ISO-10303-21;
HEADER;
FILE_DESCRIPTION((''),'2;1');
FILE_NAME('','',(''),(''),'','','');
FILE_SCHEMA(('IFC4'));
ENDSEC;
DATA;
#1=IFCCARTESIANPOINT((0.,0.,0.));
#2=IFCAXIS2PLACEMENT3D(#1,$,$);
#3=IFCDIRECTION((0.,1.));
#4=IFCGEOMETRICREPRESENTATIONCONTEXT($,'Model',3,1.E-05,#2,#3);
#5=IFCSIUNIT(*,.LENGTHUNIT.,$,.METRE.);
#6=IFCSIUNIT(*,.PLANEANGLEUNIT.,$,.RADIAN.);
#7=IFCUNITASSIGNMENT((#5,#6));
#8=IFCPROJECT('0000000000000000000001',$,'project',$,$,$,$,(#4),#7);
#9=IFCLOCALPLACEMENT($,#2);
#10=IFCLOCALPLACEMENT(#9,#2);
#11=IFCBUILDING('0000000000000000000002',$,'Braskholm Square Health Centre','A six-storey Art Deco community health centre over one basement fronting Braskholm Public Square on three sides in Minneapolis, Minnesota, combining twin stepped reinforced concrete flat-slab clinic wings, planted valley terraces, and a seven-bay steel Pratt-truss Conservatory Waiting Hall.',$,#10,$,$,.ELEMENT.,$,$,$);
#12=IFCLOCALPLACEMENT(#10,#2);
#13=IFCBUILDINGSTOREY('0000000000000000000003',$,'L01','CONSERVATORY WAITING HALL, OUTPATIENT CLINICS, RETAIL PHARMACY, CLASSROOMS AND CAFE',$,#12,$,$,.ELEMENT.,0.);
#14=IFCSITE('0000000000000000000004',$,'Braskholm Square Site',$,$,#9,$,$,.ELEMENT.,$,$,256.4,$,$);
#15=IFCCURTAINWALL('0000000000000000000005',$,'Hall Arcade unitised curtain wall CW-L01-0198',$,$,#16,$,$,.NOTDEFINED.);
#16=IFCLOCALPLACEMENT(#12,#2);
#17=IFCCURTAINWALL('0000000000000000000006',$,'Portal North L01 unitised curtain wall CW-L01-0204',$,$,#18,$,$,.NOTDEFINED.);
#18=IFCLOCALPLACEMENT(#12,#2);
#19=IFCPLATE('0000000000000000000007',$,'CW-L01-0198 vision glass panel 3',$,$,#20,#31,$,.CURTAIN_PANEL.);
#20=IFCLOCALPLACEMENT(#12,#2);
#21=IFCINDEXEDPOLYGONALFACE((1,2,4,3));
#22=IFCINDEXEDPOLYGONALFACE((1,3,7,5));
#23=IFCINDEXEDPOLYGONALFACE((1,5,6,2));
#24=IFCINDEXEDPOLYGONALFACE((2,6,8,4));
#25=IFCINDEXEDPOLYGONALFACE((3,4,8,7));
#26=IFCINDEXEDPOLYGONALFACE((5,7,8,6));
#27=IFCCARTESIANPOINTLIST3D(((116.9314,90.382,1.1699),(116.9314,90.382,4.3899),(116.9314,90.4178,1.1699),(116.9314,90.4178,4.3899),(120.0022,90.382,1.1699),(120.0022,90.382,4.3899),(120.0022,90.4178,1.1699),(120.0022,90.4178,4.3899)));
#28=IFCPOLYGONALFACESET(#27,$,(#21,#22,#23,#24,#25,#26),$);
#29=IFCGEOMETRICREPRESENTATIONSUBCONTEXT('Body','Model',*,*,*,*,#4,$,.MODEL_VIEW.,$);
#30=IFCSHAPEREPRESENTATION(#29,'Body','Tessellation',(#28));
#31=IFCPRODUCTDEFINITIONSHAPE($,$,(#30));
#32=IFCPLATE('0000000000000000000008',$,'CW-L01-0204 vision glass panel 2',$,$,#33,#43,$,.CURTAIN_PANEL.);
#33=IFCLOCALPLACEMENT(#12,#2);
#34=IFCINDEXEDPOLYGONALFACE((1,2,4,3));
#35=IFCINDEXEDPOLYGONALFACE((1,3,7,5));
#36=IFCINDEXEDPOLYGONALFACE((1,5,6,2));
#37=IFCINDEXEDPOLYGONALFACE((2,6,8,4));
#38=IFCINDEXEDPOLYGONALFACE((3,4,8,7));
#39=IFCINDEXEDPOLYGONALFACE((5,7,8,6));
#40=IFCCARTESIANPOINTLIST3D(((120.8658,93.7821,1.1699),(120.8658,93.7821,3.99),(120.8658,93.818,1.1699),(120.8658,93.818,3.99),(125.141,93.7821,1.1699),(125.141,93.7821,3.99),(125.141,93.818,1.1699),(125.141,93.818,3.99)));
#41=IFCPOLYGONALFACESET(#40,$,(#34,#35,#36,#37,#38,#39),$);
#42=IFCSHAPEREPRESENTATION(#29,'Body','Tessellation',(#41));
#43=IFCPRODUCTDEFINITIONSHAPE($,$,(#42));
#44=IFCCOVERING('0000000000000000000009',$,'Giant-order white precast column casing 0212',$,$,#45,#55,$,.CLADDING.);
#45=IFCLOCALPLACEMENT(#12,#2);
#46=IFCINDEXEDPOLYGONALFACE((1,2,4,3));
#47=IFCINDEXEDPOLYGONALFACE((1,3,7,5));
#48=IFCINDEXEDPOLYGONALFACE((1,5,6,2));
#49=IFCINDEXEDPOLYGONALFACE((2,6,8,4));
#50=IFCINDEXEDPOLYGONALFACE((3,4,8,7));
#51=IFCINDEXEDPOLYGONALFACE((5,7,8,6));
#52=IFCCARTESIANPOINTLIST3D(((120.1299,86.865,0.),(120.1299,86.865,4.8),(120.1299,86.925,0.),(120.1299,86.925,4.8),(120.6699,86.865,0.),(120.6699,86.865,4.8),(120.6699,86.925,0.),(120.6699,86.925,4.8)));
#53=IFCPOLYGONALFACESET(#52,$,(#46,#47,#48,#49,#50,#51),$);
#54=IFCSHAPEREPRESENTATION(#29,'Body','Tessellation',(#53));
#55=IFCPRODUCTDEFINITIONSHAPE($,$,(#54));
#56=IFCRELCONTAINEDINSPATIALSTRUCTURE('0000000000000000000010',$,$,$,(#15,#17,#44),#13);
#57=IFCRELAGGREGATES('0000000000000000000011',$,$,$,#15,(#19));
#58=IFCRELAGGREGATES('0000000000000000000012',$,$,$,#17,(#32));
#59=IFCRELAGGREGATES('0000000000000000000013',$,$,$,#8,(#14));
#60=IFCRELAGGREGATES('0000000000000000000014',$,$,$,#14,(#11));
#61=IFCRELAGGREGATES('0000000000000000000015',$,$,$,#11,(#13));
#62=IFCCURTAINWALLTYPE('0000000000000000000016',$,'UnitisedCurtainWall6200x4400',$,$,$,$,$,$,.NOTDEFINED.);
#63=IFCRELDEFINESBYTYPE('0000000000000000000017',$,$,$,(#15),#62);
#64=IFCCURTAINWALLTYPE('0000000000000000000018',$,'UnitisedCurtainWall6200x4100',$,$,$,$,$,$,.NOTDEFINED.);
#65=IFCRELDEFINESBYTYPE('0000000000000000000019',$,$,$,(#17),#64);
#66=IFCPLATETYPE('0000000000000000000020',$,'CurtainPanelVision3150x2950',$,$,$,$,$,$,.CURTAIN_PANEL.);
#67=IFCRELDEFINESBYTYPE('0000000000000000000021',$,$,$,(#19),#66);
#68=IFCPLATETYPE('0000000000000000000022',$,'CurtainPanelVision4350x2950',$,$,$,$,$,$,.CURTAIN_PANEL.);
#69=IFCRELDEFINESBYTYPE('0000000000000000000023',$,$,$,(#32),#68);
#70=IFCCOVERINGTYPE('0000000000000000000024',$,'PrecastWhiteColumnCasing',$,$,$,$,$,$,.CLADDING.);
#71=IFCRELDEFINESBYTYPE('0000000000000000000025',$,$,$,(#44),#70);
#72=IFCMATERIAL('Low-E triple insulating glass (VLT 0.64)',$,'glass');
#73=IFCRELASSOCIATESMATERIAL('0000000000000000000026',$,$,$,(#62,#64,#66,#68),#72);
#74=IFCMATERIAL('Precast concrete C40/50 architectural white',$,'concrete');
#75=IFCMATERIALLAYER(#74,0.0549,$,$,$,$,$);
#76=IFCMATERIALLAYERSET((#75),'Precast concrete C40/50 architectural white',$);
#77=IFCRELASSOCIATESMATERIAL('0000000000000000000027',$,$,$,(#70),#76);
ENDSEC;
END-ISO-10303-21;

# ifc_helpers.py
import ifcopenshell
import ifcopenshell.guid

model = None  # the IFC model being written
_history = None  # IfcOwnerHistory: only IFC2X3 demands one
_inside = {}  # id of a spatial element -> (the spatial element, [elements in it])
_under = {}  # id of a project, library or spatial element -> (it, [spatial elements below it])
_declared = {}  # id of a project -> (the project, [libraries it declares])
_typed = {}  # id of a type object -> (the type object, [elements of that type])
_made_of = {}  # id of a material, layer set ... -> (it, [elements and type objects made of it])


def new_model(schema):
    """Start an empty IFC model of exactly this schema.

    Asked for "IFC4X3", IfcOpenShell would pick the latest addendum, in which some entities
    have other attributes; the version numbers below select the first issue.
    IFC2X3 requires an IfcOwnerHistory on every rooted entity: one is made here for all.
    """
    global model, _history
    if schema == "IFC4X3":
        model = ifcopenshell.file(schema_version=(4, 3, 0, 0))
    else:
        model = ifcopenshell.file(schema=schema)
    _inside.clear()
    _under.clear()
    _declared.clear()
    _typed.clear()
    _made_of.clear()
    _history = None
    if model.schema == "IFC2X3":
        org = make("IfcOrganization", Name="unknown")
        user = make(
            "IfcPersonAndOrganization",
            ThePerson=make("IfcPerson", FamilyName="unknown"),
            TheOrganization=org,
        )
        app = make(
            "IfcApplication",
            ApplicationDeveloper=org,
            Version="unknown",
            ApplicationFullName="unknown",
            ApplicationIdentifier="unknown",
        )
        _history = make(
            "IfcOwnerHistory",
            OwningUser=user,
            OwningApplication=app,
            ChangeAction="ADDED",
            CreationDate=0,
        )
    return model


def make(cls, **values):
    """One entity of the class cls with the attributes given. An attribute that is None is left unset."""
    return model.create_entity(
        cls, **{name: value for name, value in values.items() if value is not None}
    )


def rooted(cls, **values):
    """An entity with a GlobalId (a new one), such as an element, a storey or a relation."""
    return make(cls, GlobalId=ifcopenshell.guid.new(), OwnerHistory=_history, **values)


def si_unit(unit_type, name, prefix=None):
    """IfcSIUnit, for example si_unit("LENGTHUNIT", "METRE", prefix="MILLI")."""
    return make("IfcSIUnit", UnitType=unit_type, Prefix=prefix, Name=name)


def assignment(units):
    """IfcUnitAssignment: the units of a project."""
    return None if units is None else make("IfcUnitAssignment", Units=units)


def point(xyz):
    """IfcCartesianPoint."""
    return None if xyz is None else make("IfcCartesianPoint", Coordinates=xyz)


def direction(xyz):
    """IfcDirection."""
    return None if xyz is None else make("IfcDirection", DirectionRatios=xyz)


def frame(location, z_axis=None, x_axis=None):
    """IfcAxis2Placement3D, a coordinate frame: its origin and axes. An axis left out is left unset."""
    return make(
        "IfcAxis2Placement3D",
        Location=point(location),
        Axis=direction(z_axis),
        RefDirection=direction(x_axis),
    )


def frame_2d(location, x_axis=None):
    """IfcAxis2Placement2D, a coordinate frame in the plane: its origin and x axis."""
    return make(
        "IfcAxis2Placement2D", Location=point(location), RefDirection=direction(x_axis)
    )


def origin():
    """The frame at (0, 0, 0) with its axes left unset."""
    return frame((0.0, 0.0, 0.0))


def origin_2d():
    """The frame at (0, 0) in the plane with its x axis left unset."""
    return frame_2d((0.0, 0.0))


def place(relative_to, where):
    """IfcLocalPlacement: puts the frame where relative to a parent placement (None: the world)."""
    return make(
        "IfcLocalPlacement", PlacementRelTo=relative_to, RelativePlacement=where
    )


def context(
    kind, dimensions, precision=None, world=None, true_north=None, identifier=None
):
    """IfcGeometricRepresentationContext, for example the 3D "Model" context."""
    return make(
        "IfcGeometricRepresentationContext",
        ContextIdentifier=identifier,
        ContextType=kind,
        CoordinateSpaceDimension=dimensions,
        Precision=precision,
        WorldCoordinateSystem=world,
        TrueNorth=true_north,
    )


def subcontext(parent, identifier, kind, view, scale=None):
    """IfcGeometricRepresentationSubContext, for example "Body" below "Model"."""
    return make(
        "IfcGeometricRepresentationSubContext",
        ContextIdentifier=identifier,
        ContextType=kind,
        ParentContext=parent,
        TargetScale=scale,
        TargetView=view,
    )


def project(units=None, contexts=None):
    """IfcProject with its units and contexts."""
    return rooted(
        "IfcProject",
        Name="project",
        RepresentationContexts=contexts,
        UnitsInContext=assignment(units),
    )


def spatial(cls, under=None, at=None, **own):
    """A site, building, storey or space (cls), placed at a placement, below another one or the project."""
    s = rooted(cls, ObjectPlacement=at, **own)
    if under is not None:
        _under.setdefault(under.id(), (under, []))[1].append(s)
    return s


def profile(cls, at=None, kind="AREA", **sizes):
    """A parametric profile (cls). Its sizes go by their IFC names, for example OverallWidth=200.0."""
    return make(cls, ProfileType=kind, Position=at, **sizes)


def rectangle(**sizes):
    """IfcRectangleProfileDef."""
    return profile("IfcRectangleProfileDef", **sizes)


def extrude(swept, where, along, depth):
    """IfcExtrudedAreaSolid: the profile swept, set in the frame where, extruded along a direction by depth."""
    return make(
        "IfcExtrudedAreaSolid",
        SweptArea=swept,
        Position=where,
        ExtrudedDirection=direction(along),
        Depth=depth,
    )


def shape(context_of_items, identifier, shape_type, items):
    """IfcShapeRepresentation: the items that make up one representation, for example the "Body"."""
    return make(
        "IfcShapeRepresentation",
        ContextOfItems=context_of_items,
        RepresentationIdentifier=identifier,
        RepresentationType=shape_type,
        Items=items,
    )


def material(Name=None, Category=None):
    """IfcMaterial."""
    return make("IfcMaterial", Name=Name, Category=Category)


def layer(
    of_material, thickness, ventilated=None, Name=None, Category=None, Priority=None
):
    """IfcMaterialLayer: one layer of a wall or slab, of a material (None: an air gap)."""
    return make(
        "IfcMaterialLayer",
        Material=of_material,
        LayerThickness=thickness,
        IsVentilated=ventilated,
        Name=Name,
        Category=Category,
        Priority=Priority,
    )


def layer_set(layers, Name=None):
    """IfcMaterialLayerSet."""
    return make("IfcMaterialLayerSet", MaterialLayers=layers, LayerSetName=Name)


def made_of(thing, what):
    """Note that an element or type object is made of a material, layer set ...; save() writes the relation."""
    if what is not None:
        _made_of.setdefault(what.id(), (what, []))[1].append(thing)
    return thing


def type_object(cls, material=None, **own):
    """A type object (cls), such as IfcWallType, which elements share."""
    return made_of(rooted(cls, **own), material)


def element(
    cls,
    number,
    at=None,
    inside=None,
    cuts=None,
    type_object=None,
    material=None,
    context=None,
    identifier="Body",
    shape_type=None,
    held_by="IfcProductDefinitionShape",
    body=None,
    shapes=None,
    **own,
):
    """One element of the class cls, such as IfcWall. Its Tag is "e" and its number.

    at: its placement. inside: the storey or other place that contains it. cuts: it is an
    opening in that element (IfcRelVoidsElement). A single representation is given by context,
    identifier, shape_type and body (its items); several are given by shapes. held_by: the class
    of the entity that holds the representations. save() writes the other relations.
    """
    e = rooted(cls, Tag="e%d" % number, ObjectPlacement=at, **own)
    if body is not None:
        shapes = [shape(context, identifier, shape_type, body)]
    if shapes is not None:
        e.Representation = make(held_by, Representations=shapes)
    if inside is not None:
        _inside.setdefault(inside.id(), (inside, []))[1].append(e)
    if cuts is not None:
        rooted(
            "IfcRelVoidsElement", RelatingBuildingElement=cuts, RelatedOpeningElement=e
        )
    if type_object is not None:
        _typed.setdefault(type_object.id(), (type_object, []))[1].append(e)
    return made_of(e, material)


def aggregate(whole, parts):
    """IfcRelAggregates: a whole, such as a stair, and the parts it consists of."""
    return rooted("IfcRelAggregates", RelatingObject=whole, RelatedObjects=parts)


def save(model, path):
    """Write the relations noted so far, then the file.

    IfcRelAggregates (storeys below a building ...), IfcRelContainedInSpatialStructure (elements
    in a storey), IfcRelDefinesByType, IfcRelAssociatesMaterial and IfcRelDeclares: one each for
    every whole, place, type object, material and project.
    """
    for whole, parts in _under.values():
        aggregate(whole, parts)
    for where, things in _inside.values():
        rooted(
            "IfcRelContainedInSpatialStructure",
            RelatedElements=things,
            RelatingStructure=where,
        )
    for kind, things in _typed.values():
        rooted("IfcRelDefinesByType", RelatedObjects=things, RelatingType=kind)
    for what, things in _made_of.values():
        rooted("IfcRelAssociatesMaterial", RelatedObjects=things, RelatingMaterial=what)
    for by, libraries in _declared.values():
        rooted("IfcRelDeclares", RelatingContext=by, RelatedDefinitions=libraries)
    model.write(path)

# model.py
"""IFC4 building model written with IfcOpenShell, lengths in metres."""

from ifc_helpers import new_model, si_unit, direction, frame, origin, origin_2d, place, context, subcontext, project, spatial, rectangle, extrude, material, layer, layer_set, type_object, element, aggregate, save


model = new_model("IFC4")

# Units and contexts
model_context = context("Model", 3, precision=1e-05, world=origin(), true_north=direction((0.0, 1.0)))
body_context = subcontext(model_context, "Body", "Model", "MODEL_VIEW")
ifc_project = project(units=[si_unit("LENGTHUNIT", "METRE"), si_unit("PLANEANGLEUNIT", "RADIAN")], contexts=[model_context])

# Site, building, storey
site_placement = place(None, origin())
site = spatial("IfcSite", under=ifc_project, at=site_placement, Name="Braskholm Square Site", CompositionType="ELEMENT", RefElevation=256.4)
building_placement = place(site_placement, origin())
building = spatial("IfcBuilding", under=site, at=building_placement, Name="Braskholm Square Health Centre", Description="A six-storey Art Deco community health centre over one basement fronting Braskholm Public Square on three sides in Minneapolis, Minnesota, combining twin stepped reinforced concrete flat-slab clinic wings, planted valley terraces, and a seven-bay steel Pratt-truss Conservatory Waiting Hall.", CompositionType="ELEMENT")
storey_placement = place(building_placement, origin())
storey = spatial("IfcBuildingStorey", under=building, at=storey_placement, Name="L01", Description="CONSERVATORY WAITING HALL, OUTPATIENT CLINICS, RETAIL PHARMACY, CLASSROOMS AND CAFE", CompositionType="ELEMENT", Elevation=0.0)

# Shared definitions
ifc_material_1 = material(Name="Precast concrete C40/50 architectural white", Category="concrete")

# Curtain wall
ifc_material_2 = material(Name="Low-E triple insulating glass (VLT 0.64)", Category="glass")
curtain_wall_type_1 = type_object("IfcCurtainWallType", Name="UnitisedCurtainWall6200x4400", PredefinedType="NOTDEFINED", material=ifc_material_2)
curtain_wall_1_placement = place(storey_placement, origin())
curtain_wall_1 = element("IfcCurtainWall", 1, at=curtain_wall_1_placement, inside=storey, type_object=curtain_wall_type_1, Name="Hall Arcade unitised curtain wall CW-L01-0198", PredefinedType="NOTDEFINED")

# Curtain wall
curtain_wall_type_2 = type_object("IfcCurtainWallType", Name="UnitisedCurtainWall6200x4100", PredefinedType="NOTDEFINED", material=ifc_material_2)
curtain_wall_2_placement = place(storey_placement, origin())
curtain_wall_2 = element("IfcCurtainWall", 2, at=curtain_wall_2_placement, inside=storey, type_object=curtain_wall_type_2, Name="Portal North L01 unitised curtain wall CW-L01-0204", PredefinedType="NOTDEFINED")

# Plates
plate_type_1 = type_object("IfcPlateType", Name="CurtainPanelVision3150x2950", PredefinedType="CURTAIN_PANEL", material=ifc_material_2)
plate_1_placement = place(storey_placement, frame((118.4668, 90.3999, 1.1699), z_axis=(0.0, 0.0, 1.0), x_axis=(1.0, 0.0, 0.0)))
plate_1 = element("IfcPlate", 3, at=plate_1_placement, type_object=plate_type_1, Name="CW-L01-0198 vision glass panel 3", PredefinedType="CURTAIN_PANEL", context=body_context, shape_type="SweptSolid", body=[
    extrude(rectangle(XDim=3.0708, YDim=0.0359, at=origin_2d()), origin(), (0.0, 0.0, 1.0), 3.22),
])
aggregate(curtain_wall_1, [plate_1])
plate_type_2 = type_object("IfcPlateType", Name="CurtainPanelVision4350x2950", PredefinedType="CURTAIN_PANEL", material=ifc_material_2)
plate_2_placement = place(storey_placement, frame((123.0034, 93.8, 1.1699), z_axis=(0.0, 0.0, 1.0), x_axis=(-1.0, 0.0, 0.0)))
plate_2 = element("IfcPlate", 4, at=plate_2_placement, type_object=plate_type_2, Name="CW-L01-0204 vision glass panel 2", PredefinedType="CURTAIN_PANEL", context=body_context, shape_type="SweptSolid", body=[
    extrude(rectangle(XDim=4.2751, YDim=0.0359, at=origin_2d()), origin(), (0.0, 0.0, 1.0), 2.8201),
])
aggregate(curtain_wall_2, [plate_2])

# Covering
ifc_layer = layer(ifc_material_1, 0.0549)
ifc_layer_set = layer_set([ifc_layer], Name="Precast concrete C40/50 architectural white")
covering_type = type_object("IfcCoveringType", Name="PrecastWhiteColumnCasing", PredefinedType="CLADDING", material=ifc_layer_set)
covering_placement = place(storey_placement, frame((120.3999, 86.895, 0.0), z_axis=(0.0, 0.0, 1.0), x_axis=(1.0, 0.0, 0.0)))
element("IfcCovering", 5, at=covering_placement, inside=storey, type_object=covering_type, Name="Giant-order white precast column casing 0212", PredefinedType="CLADDING", context=body_context, shape_type="SweptSolid", body=[
    extrude(rectangle(XDim=0.54, YDim=0.0601, at=origin_2d()), origin(), (0.0, 0.0, 1.0), 4.8),
])

save(model, "model.ifc")
